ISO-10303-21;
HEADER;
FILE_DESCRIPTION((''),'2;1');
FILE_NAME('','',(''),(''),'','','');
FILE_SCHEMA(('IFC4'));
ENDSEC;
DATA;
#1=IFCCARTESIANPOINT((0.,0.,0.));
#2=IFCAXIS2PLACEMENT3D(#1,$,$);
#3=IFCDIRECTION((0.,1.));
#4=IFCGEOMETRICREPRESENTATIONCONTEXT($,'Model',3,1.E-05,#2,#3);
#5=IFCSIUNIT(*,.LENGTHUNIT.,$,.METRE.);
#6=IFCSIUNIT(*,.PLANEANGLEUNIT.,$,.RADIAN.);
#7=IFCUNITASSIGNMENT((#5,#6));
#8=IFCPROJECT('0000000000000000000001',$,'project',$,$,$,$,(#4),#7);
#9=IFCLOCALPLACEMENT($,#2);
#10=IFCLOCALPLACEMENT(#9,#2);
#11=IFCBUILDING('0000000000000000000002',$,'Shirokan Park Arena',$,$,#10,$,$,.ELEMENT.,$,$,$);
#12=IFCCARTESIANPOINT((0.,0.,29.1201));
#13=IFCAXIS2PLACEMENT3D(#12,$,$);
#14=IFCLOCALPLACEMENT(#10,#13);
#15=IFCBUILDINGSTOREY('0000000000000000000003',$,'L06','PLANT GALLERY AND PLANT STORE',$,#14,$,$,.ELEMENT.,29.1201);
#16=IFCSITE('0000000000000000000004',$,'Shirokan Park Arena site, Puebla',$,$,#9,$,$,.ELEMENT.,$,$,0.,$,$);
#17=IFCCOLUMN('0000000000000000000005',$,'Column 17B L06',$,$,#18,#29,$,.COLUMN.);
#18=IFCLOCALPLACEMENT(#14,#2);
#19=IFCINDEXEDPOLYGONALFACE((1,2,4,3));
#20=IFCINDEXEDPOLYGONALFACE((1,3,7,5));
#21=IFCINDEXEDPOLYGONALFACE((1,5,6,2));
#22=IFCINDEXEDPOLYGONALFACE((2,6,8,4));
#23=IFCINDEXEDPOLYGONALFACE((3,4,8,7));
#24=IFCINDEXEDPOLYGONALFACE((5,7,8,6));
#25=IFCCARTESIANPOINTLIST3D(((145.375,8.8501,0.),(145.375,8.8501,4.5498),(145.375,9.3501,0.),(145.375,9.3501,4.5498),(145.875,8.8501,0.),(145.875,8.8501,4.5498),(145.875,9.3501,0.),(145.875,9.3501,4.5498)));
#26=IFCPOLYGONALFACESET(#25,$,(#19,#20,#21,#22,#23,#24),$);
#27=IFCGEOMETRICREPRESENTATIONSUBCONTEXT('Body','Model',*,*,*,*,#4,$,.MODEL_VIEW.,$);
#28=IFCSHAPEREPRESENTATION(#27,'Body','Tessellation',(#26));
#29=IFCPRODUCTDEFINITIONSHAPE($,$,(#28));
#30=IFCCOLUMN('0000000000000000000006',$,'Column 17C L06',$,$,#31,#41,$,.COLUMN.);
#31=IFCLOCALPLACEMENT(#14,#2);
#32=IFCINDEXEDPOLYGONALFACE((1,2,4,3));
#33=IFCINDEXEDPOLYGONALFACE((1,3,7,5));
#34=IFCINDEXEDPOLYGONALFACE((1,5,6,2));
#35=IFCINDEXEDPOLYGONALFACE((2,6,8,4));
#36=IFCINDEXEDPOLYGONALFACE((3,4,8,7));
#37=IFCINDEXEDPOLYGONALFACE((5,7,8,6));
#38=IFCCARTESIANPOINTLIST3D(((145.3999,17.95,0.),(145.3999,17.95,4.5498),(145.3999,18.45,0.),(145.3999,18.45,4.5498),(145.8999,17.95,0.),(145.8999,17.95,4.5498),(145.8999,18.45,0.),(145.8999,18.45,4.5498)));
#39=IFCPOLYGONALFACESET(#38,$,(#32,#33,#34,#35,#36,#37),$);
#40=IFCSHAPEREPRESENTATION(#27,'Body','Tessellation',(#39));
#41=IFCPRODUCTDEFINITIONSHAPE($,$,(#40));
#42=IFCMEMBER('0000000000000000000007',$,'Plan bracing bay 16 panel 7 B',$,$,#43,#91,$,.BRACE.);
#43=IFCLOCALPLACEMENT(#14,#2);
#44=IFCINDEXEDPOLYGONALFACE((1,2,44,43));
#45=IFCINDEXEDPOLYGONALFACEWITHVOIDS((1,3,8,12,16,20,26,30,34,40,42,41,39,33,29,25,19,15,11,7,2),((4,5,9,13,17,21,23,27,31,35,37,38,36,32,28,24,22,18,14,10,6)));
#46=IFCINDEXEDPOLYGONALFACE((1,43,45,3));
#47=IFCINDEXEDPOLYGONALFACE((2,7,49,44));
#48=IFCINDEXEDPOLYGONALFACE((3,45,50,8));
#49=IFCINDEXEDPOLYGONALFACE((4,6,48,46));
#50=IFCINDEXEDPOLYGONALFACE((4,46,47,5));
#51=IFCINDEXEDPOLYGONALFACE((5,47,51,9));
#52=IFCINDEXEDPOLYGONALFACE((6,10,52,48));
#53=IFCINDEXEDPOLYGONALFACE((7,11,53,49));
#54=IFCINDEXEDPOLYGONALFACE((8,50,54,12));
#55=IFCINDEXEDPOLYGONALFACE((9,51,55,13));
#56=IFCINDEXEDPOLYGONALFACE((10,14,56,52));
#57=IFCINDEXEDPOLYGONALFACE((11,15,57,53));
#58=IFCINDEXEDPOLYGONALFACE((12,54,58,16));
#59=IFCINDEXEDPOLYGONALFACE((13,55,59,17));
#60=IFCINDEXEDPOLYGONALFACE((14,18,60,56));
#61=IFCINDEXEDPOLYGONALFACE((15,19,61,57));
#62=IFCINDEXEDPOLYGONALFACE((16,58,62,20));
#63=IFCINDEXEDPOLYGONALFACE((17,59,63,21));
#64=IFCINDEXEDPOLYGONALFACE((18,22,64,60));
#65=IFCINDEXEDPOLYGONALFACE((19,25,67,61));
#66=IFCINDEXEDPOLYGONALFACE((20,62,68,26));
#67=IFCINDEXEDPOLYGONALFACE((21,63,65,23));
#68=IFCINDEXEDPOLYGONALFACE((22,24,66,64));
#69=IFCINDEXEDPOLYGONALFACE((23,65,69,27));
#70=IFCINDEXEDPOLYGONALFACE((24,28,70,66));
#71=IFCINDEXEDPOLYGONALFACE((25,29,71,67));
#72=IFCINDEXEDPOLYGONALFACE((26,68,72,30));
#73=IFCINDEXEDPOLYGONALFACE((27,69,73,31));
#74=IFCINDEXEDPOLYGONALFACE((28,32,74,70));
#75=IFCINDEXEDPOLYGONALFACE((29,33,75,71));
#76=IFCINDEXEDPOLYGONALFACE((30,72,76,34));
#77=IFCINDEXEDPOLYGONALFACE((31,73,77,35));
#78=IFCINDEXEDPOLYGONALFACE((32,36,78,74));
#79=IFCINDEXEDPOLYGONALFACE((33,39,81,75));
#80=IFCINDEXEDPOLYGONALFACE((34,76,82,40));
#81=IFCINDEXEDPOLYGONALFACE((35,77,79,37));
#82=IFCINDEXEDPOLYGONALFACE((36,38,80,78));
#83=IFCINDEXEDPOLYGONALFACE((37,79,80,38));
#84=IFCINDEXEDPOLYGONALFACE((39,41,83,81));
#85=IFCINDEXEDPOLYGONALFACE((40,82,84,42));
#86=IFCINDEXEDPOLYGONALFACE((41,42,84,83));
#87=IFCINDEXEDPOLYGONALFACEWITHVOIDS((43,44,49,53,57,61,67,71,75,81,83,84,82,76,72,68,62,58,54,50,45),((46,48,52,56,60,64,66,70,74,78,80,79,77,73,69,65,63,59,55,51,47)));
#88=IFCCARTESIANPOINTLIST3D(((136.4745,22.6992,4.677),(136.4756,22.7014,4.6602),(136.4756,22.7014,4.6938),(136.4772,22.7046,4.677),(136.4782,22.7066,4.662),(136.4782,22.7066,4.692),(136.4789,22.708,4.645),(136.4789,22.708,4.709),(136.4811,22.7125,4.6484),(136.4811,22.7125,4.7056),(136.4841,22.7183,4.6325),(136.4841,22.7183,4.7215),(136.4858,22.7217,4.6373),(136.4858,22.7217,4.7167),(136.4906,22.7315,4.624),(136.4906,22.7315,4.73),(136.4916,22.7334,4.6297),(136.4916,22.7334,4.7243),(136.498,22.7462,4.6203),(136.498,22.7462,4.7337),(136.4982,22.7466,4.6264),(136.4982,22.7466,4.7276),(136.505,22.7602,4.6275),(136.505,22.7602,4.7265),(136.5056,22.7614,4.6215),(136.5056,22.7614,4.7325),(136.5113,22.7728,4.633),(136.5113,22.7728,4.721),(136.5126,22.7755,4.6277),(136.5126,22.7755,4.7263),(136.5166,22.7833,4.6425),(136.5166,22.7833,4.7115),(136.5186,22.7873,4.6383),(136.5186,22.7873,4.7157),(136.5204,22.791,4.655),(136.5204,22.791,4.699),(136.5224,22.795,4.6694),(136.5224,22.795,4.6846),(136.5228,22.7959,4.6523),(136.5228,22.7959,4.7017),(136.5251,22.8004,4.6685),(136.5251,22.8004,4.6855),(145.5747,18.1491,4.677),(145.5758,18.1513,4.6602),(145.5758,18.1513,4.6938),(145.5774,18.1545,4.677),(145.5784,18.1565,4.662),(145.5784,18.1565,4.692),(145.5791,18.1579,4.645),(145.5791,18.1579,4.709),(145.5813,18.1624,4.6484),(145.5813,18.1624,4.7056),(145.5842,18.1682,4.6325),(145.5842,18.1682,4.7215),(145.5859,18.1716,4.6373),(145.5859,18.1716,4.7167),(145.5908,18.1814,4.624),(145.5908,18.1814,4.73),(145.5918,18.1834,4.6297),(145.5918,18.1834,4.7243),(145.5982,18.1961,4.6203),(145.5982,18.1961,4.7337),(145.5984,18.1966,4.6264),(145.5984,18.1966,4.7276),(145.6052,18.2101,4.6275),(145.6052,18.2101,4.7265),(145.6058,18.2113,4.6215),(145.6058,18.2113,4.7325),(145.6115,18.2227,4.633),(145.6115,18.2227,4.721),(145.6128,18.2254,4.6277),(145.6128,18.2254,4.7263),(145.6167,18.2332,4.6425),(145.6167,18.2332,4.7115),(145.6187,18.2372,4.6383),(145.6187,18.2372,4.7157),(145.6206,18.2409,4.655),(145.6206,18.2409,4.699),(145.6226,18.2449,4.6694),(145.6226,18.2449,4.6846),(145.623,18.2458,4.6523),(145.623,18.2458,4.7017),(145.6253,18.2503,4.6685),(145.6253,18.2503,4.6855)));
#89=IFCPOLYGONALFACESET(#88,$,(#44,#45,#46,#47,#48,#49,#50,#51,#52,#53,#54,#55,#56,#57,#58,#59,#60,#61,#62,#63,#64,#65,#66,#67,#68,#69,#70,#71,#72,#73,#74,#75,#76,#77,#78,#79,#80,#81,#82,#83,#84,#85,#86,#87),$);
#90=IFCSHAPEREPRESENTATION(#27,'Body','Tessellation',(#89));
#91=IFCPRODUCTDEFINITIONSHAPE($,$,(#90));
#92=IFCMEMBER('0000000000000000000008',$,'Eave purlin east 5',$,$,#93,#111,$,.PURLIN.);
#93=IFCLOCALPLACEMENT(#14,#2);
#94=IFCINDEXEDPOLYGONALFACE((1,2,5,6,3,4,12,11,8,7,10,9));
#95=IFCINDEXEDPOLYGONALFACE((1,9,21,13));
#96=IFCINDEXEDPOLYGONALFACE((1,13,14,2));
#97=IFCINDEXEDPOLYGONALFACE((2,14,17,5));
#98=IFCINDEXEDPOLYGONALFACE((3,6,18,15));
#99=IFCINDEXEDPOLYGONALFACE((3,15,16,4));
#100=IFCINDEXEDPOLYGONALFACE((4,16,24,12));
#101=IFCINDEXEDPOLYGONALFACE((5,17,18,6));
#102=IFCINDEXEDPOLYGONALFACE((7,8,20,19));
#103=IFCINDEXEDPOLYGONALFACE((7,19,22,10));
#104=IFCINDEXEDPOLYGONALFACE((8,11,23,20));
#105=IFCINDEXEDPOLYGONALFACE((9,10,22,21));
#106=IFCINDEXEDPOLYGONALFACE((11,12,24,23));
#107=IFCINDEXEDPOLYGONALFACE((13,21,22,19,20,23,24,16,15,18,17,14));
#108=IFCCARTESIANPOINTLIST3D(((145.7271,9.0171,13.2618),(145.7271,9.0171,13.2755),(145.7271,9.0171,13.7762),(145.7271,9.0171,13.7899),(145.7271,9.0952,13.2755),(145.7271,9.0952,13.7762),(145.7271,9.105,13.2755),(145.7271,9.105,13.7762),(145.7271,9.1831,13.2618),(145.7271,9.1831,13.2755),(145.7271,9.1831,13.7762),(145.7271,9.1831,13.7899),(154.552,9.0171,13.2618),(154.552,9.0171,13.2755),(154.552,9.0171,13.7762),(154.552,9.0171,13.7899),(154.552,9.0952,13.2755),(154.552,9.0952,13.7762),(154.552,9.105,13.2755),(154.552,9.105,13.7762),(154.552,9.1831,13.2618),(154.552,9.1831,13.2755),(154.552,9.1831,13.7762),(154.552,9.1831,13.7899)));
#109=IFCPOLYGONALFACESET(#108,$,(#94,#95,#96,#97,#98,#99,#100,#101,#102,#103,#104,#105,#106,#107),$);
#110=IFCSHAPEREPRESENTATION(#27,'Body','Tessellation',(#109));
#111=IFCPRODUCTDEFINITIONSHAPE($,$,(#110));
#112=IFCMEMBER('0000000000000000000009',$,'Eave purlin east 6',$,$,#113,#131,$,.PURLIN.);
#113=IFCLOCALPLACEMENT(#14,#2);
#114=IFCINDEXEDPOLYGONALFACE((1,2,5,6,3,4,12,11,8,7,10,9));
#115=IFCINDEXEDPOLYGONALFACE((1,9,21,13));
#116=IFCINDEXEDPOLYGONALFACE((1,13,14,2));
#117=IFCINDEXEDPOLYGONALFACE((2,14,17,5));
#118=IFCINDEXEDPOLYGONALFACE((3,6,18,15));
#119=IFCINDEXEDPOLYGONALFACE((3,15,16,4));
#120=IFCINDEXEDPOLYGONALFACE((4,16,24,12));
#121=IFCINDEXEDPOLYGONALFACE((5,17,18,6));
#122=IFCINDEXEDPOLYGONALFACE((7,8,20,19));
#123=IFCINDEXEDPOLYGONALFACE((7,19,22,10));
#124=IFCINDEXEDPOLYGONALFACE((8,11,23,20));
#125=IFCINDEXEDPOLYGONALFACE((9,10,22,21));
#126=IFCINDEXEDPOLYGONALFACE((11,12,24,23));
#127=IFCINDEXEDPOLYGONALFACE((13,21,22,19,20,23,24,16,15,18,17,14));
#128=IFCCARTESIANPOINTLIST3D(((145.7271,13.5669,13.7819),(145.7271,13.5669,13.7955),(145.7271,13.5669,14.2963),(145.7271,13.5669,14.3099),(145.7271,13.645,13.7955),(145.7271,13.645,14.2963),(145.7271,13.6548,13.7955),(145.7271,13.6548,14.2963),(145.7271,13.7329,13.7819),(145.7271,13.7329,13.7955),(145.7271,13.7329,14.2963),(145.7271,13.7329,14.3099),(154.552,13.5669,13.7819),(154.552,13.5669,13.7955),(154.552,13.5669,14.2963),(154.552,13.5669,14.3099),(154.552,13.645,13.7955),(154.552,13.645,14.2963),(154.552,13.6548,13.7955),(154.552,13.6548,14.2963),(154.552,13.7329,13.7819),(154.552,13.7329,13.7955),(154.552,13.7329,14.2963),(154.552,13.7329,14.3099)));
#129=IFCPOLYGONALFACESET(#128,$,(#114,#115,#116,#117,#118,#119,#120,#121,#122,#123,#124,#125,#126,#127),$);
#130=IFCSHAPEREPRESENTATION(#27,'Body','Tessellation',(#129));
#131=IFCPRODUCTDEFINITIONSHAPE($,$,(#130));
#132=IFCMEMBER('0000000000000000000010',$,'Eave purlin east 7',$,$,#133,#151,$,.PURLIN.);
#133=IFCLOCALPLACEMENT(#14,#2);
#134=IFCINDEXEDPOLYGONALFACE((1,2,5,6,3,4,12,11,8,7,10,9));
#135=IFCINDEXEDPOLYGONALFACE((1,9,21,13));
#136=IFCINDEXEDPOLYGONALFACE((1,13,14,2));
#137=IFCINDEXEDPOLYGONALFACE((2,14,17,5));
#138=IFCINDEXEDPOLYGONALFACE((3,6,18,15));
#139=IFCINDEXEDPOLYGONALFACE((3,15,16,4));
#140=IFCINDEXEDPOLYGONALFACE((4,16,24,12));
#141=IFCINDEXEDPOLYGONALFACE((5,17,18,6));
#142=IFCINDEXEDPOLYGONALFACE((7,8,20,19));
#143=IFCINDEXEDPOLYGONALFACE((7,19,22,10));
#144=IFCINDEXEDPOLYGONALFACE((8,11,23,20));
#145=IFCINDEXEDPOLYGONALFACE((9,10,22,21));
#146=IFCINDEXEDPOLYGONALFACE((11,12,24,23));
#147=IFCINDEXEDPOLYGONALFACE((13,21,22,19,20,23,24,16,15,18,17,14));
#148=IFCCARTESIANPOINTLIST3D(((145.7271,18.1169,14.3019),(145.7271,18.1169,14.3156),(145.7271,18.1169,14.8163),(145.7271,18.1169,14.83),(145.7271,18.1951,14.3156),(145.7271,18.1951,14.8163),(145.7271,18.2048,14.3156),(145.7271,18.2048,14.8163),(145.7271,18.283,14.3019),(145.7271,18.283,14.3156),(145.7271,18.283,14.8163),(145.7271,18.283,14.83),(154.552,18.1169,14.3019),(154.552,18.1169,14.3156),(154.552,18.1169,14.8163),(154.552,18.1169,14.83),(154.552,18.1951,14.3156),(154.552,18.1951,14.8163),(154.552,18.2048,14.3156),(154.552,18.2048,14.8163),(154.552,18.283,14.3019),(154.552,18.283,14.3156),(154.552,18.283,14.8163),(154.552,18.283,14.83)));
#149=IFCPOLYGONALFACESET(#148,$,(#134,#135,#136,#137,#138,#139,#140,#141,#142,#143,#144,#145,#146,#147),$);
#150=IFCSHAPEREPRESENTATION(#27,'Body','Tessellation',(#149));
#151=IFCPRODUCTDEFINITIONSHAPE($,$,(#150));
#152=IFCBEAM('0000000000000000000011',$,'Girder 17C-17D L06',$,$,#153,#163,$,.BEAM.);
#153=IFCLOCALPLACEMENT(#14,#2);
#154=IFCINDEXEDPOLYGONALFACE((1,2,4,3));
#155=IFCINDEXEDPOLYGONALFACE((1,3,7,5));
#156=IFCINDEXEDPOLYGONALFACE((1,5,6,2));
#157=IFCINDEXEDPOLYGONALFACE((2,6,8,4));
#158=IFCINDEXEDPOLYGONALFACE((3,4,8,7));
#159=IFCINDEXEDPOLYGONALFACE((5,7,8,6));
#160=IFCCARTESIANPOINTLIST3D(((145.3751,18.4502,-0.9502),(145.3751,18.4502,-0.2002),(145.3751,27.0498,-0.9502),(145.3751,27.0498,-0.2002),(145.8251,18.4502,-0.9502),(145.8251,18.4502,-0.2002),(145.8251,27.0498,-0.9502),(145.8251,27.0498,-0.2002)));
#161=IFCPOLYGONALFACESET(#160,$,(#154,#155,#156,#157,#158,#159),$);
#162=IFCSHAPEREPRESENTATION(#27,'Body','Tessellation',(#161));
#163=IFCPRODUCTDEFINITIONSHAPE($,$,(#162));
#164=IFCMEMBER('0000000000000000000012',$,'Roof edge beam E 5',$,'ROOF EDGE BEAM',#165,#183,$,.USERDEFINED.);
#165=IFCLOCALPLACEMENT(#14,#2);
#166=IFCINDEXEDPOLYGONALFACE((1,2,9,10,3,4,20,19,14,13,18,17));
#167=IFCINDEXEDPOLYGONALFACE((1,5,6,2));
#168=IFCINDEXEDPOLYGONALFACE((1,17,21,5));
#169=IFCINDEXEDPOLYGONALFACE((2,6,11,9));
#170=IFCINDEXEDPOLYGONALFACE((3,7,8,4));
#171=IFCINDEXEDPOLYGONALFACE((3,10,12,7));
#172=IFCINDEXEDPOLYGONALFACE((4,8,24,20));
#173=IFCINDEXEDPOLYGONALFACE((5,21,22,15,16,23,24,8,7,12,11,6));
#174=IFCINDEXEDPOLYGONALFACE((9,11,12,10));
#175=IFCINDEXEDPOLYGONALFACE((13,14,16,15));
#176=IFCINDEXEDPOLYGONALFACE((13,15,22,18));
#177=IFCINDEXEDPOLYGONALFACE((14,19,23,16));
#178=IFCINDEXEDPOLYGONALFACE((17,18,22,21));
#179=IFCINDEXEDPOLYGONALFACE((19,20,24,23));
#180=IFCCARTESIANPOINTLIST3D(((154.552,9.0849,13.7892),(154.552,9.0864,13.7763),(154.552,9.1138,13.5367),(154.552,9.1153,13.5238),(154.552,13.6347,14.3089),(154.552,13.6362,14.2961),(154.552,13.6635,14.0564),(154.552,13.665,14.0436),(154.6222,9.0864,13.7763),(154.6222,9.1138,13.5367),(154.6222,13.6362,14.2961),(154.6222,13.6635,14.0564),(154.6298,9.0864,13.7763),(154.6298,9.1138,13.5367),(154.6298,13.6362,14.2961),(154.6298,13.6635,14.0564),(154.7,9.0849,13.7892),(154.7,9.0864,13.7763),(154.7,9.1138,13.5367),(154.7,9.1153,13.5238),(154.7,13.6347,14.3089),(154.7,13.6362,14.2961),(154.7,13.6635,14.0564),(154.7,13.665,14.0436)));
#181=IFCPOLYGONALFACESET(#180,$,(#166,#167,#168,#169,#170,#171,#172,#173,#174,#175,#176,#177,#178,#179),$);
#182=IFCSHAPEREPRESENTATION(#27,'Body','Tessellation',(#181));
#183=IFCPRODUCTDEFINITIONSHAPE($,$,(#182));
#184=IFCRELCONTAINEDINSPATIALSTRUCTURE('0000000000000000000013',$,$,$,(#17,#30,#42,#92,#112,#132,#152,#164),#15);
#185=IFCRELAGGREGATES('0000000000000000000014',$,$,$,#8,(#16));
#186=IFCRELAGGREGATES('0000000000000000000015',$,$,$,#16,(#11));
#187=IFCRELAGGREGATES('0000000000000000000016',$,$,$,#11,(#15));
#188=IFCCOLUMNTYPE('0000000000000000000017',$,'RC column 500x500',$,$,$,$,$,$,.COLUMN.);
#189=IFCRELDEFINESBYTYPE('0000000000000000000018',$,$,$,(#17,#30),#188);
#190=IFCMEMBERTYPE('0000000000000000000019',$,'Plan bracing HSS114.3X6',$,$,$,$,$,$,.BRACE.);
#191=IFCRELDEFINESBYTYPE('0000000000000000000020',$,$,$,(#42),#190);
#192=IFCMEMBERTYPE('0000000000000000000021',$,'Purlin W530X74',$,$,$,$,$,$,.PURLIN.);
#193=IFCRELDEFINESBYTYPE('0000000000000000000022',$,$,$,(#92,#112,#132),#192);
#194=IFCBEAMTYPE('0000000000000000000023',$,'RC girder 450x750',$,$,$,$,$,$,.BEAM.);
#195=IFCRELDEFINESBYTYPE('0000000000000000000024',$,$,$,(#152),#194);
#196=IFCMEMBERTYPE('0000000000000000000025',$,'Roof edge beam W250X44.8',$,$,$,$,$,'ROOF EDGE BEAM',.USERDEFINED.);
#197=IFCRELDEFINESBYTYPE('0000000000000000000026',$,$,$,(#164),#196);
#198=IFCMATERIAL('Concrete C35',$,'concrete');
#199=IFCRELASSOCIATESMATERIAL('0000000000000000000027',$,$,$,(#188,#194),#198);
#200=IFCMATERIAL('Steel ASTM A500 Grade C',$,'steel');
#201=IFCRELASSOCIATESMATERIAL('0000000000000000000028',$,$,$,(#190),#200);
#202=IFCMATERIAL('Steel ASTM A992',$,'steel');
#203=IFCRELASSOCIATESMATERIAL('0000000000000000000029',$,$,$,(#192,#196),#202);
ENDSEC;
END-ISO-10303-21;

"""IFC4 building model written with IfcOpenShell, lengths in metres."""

from ifc_helpers import new_model, si_unit, direction, frame, origin, origin_2d, place, context, subcontext, project, spatial, rectangle, hollow_circle, i_section, extrude, material, material_profile, profile_set, type_object, element, save


model = new_model("IFC4")

# Units and contexts
model_context = context("Model", 3, precision=1e-05, world=origin(), true_north=direction((0.0, 1.0)))
body_context = subcontext(model_context, "Body", "Model", "MODEL_VIEW")
ifc_project = project(units=[si_unit("LENGTHUNIT", "METRE"), si_unit("PLANEANGLEUNIT", "RADIAN")], contexts=[model_context])

# Site, building, storey
site_placement = place(None, origin())
site = spatial("IfcSite", under=ifc_project, at=site_placement, Name="Shirokan Park Arena site, Puebla", CompositionType="ELEMENT", RefElevation=0.0)
building_placement = place(site_placement, origin())
building = spatial("IfcBuilding", under=site, at=building_placement, Name="Shirokan Park Arena", CompositionType="ELEMENT")
storey_placement = place(building_placement, frame((0.0, 0.0, 29.1201)))
storey = spatial("IfcBuildingStorey", under=building, at=storey_placement, Name="L06", Description="PLANT GALLERY AND PLANT STORE", CompositionType="ELEMENT", Elevation=29.1201)

# Columns
ifc_material_1 = material(Name="Concrete C35", Category="concrete")
ifc_material_profile_1 = material_profile(ifc_material_1, rectangle(XDim=0.5, YDim=0.5, at=origin_2d()), Name="500x500")
ifc_profile_set_1 = profile_set([ifc_material_profile_1], Name="Concrete C35")
column_type = type_object("IfcColumnType", Name="RC column 500x500", PredefinedType="COLUMN", material=ifc_profile_set_1)
for number, where, z_axis, x_axis, name in (
    (1, (145.625, 9.1001, 0.0), (0.0, 0.0, 1.0), (1.0, 0.0, 0.0), "Column 17B L06"),
    (2, (145.6499, 18.2, 0.0), (0.0, 0.0, 1.0), (1.0, 0.0, 0.0), "Column 17C L06"),
):
    element("IfcColumn", number, at=place(storey_placement, frame(where, z_axis=z_axis, x_axis=x_axis)), inside=storey, type_object=column_type, Name=name, PredefinedType="COLUMN", context=body_context, shape_type="SweptSolid", body=[
        extrude(rectangle(XDim=0.5, YDim=0.5, at=origin_2d()), origin(), (0.0, 0.0, 1.0), 4.5498),
    ])

# Members
ifc_material_2 = material(Name="Steel ASTM A500 Grade C", Category="steel")
ifc_material_profile_2 = material_profile(ifc_material_2, hollow_circle(Radius=0.0569, WallThickness=0.0061, at=origin_2d()), Name="HSS114.3X6")
ifc_profile_set_2 = profile_set([ifc_material_profile_2], Name="Steel ASTM A500 Grade C")
member_type_1 = type_object("IfcMemberType", Name="Plan bracing HSS114.3X6", PredefinedType="BRACE", material=ifc_profile_set_2)
member_1_placement = place(storey_placement, frame((145.6001, 18.2, 4.677), z_axis=(-0.894427, 0.447214, 0.0), x_axis=(-0.447214, -0.894427, 0.0)))
element("IfcMember", 3, at=member_1_placement, inside=storey, type_object=member_type_1, Name="Plan bracing bay 16 panel 7 B", PredefinedType="BRACE", context=body_context, shape_type="SweptSolid", body=[
    extrude(hollow_circle(Radius=0.0569, WallThickness=0.0061, at=origin_2d()), origin(), (0.0, 0.0, 1.0), 10.1743),
])
ifc_material_3 = material(Name="Steel ASTM A992", Category="steel")
ifc_material_profile_3 = material_profile(ifc_material_3, i_section(OverallWidth=0.166, OverallDepth=0.5281, WebThickness=0.0098, FlangeThickness=0.0137, at=origin_2d()), Name="W530X74")
ifc_profile_set_3 = profile_set([ifc_material_profile_3], Name="Steel ASTM A992")
member_type_2 = type_object("IfcMemberType", Name="Purlin W530X74", PredefinedType="PURLIN", material=ifc_profile_set_3)
for number, where, z_axis, x_axis, name in (
    (4, (145.7271, 9.1001, 13.5259), (1.0, 0.0, 0.0), (0.0, 1.0, 0.0), "Eave purlin east 5"),
    (5, (145.7271, 13.6499, 14.0459), (1.0, 0.0, 0.0), (0.0, 1.0, 0.0), "Eave purlin east 6"),
    (6, (145.7271, 18.2, 14.5659), (1.0, 0.0, 0.0), (0.0, 1.0, 0.0), "Eave purlin east 7"),
):
    element("IfcMember", number, at=place(storey_placement, frame(where, z_axis=z_axis, x_axis=x_axis)), inside=storey, type_object=member_type_2, Name=name, PredefinedType="PURLIN", context=body_context, shape_type="SweptSolid", body=[
        extrude(i_section(OverallWidth=0.166, OverallDepth=0.5281, WebThickness=0.0098, FlangeThickness=0.0137, at=origin_2d()), origin(), (0.0, 0.0, 1.0), 8.825),
    ])

# Beam
ifc_material_profile_4 = material_profile(ifc_material_1, rectangle(XDim=0.45, YDim=0.75, at=origin_2d()), Name="450x750")
ifc_profile_set_4 = profile_set([ifc_material_profile_4], Name="Concrete C35")
beam_type = type_object("IfcBeamType", Name="RC girder 450x750", PredefinedType="BEAM", material=ifc_profile_set_4)
beam_placement = place(storey_placement, frame((145.6001, 18.4502, -0.5752), z_axis=(0.0, 1.0, 0.0), x_axis=(-1.0, 0.0, 0.0)))
element("IfcBeam", 7, at=beam_placement, inside=storey, type_object=beam_type, Name="Girder 17C-17D L06", PredefinedType="BEAM", context=body_context, shape_type="SweptSolid", body=[
    extrude(rectangle(XDim=0.45, YDim=0.75, at=origin_2d()), origin(), (0.0, 0.0, 1.0), 8.5996),
])

# Member
ifc_material_profile_5 = material_profile(ifc_material_3, i_section(OverallWidth=0.1479, OverallDepth=0.2671, WebThickness=0.0076, FlangeThickness=0.0129, at=origin_2d()), Name="W250X44.8")
ifc_profile_set_5 = profile_set([ifc_material_profile_5], Name="Steel ASTM A992")
member_type_3 = type_object("IfcMemberType", Name="Roof edge beam W250X44.8", ElementType="ROOF EDGE BEAM", PredefinedType="USERDEFINED", material=ifc_profile_set_5)
member_2_placement = place(storey_placement, frame((154.626, 9.1001, 13.6565), z_axis=(0.0, 0.993538, 0.113503), x_axis=(-1.0, 0.0, 0.0)))
element("IfcMember", 8, at=member_2_placement, inside=storey, type_object=member_type_3, Name="Roof edge beam E 5", ObjectType="ROOF EDGE BEAM", PredefinedType="USERDEFINED", context=body_context, shape_type="SweptSolid", body=[
    extrude(i_section(OverallWidth=0.1479, OverallDepth=0.2671, WebThickness=0.0076, FlangeThickness=0.0129, at=origin_2d()), origin(), (0.0, 0.0, 1.0), 4.5793),
])

save(model, "model.ifc")
